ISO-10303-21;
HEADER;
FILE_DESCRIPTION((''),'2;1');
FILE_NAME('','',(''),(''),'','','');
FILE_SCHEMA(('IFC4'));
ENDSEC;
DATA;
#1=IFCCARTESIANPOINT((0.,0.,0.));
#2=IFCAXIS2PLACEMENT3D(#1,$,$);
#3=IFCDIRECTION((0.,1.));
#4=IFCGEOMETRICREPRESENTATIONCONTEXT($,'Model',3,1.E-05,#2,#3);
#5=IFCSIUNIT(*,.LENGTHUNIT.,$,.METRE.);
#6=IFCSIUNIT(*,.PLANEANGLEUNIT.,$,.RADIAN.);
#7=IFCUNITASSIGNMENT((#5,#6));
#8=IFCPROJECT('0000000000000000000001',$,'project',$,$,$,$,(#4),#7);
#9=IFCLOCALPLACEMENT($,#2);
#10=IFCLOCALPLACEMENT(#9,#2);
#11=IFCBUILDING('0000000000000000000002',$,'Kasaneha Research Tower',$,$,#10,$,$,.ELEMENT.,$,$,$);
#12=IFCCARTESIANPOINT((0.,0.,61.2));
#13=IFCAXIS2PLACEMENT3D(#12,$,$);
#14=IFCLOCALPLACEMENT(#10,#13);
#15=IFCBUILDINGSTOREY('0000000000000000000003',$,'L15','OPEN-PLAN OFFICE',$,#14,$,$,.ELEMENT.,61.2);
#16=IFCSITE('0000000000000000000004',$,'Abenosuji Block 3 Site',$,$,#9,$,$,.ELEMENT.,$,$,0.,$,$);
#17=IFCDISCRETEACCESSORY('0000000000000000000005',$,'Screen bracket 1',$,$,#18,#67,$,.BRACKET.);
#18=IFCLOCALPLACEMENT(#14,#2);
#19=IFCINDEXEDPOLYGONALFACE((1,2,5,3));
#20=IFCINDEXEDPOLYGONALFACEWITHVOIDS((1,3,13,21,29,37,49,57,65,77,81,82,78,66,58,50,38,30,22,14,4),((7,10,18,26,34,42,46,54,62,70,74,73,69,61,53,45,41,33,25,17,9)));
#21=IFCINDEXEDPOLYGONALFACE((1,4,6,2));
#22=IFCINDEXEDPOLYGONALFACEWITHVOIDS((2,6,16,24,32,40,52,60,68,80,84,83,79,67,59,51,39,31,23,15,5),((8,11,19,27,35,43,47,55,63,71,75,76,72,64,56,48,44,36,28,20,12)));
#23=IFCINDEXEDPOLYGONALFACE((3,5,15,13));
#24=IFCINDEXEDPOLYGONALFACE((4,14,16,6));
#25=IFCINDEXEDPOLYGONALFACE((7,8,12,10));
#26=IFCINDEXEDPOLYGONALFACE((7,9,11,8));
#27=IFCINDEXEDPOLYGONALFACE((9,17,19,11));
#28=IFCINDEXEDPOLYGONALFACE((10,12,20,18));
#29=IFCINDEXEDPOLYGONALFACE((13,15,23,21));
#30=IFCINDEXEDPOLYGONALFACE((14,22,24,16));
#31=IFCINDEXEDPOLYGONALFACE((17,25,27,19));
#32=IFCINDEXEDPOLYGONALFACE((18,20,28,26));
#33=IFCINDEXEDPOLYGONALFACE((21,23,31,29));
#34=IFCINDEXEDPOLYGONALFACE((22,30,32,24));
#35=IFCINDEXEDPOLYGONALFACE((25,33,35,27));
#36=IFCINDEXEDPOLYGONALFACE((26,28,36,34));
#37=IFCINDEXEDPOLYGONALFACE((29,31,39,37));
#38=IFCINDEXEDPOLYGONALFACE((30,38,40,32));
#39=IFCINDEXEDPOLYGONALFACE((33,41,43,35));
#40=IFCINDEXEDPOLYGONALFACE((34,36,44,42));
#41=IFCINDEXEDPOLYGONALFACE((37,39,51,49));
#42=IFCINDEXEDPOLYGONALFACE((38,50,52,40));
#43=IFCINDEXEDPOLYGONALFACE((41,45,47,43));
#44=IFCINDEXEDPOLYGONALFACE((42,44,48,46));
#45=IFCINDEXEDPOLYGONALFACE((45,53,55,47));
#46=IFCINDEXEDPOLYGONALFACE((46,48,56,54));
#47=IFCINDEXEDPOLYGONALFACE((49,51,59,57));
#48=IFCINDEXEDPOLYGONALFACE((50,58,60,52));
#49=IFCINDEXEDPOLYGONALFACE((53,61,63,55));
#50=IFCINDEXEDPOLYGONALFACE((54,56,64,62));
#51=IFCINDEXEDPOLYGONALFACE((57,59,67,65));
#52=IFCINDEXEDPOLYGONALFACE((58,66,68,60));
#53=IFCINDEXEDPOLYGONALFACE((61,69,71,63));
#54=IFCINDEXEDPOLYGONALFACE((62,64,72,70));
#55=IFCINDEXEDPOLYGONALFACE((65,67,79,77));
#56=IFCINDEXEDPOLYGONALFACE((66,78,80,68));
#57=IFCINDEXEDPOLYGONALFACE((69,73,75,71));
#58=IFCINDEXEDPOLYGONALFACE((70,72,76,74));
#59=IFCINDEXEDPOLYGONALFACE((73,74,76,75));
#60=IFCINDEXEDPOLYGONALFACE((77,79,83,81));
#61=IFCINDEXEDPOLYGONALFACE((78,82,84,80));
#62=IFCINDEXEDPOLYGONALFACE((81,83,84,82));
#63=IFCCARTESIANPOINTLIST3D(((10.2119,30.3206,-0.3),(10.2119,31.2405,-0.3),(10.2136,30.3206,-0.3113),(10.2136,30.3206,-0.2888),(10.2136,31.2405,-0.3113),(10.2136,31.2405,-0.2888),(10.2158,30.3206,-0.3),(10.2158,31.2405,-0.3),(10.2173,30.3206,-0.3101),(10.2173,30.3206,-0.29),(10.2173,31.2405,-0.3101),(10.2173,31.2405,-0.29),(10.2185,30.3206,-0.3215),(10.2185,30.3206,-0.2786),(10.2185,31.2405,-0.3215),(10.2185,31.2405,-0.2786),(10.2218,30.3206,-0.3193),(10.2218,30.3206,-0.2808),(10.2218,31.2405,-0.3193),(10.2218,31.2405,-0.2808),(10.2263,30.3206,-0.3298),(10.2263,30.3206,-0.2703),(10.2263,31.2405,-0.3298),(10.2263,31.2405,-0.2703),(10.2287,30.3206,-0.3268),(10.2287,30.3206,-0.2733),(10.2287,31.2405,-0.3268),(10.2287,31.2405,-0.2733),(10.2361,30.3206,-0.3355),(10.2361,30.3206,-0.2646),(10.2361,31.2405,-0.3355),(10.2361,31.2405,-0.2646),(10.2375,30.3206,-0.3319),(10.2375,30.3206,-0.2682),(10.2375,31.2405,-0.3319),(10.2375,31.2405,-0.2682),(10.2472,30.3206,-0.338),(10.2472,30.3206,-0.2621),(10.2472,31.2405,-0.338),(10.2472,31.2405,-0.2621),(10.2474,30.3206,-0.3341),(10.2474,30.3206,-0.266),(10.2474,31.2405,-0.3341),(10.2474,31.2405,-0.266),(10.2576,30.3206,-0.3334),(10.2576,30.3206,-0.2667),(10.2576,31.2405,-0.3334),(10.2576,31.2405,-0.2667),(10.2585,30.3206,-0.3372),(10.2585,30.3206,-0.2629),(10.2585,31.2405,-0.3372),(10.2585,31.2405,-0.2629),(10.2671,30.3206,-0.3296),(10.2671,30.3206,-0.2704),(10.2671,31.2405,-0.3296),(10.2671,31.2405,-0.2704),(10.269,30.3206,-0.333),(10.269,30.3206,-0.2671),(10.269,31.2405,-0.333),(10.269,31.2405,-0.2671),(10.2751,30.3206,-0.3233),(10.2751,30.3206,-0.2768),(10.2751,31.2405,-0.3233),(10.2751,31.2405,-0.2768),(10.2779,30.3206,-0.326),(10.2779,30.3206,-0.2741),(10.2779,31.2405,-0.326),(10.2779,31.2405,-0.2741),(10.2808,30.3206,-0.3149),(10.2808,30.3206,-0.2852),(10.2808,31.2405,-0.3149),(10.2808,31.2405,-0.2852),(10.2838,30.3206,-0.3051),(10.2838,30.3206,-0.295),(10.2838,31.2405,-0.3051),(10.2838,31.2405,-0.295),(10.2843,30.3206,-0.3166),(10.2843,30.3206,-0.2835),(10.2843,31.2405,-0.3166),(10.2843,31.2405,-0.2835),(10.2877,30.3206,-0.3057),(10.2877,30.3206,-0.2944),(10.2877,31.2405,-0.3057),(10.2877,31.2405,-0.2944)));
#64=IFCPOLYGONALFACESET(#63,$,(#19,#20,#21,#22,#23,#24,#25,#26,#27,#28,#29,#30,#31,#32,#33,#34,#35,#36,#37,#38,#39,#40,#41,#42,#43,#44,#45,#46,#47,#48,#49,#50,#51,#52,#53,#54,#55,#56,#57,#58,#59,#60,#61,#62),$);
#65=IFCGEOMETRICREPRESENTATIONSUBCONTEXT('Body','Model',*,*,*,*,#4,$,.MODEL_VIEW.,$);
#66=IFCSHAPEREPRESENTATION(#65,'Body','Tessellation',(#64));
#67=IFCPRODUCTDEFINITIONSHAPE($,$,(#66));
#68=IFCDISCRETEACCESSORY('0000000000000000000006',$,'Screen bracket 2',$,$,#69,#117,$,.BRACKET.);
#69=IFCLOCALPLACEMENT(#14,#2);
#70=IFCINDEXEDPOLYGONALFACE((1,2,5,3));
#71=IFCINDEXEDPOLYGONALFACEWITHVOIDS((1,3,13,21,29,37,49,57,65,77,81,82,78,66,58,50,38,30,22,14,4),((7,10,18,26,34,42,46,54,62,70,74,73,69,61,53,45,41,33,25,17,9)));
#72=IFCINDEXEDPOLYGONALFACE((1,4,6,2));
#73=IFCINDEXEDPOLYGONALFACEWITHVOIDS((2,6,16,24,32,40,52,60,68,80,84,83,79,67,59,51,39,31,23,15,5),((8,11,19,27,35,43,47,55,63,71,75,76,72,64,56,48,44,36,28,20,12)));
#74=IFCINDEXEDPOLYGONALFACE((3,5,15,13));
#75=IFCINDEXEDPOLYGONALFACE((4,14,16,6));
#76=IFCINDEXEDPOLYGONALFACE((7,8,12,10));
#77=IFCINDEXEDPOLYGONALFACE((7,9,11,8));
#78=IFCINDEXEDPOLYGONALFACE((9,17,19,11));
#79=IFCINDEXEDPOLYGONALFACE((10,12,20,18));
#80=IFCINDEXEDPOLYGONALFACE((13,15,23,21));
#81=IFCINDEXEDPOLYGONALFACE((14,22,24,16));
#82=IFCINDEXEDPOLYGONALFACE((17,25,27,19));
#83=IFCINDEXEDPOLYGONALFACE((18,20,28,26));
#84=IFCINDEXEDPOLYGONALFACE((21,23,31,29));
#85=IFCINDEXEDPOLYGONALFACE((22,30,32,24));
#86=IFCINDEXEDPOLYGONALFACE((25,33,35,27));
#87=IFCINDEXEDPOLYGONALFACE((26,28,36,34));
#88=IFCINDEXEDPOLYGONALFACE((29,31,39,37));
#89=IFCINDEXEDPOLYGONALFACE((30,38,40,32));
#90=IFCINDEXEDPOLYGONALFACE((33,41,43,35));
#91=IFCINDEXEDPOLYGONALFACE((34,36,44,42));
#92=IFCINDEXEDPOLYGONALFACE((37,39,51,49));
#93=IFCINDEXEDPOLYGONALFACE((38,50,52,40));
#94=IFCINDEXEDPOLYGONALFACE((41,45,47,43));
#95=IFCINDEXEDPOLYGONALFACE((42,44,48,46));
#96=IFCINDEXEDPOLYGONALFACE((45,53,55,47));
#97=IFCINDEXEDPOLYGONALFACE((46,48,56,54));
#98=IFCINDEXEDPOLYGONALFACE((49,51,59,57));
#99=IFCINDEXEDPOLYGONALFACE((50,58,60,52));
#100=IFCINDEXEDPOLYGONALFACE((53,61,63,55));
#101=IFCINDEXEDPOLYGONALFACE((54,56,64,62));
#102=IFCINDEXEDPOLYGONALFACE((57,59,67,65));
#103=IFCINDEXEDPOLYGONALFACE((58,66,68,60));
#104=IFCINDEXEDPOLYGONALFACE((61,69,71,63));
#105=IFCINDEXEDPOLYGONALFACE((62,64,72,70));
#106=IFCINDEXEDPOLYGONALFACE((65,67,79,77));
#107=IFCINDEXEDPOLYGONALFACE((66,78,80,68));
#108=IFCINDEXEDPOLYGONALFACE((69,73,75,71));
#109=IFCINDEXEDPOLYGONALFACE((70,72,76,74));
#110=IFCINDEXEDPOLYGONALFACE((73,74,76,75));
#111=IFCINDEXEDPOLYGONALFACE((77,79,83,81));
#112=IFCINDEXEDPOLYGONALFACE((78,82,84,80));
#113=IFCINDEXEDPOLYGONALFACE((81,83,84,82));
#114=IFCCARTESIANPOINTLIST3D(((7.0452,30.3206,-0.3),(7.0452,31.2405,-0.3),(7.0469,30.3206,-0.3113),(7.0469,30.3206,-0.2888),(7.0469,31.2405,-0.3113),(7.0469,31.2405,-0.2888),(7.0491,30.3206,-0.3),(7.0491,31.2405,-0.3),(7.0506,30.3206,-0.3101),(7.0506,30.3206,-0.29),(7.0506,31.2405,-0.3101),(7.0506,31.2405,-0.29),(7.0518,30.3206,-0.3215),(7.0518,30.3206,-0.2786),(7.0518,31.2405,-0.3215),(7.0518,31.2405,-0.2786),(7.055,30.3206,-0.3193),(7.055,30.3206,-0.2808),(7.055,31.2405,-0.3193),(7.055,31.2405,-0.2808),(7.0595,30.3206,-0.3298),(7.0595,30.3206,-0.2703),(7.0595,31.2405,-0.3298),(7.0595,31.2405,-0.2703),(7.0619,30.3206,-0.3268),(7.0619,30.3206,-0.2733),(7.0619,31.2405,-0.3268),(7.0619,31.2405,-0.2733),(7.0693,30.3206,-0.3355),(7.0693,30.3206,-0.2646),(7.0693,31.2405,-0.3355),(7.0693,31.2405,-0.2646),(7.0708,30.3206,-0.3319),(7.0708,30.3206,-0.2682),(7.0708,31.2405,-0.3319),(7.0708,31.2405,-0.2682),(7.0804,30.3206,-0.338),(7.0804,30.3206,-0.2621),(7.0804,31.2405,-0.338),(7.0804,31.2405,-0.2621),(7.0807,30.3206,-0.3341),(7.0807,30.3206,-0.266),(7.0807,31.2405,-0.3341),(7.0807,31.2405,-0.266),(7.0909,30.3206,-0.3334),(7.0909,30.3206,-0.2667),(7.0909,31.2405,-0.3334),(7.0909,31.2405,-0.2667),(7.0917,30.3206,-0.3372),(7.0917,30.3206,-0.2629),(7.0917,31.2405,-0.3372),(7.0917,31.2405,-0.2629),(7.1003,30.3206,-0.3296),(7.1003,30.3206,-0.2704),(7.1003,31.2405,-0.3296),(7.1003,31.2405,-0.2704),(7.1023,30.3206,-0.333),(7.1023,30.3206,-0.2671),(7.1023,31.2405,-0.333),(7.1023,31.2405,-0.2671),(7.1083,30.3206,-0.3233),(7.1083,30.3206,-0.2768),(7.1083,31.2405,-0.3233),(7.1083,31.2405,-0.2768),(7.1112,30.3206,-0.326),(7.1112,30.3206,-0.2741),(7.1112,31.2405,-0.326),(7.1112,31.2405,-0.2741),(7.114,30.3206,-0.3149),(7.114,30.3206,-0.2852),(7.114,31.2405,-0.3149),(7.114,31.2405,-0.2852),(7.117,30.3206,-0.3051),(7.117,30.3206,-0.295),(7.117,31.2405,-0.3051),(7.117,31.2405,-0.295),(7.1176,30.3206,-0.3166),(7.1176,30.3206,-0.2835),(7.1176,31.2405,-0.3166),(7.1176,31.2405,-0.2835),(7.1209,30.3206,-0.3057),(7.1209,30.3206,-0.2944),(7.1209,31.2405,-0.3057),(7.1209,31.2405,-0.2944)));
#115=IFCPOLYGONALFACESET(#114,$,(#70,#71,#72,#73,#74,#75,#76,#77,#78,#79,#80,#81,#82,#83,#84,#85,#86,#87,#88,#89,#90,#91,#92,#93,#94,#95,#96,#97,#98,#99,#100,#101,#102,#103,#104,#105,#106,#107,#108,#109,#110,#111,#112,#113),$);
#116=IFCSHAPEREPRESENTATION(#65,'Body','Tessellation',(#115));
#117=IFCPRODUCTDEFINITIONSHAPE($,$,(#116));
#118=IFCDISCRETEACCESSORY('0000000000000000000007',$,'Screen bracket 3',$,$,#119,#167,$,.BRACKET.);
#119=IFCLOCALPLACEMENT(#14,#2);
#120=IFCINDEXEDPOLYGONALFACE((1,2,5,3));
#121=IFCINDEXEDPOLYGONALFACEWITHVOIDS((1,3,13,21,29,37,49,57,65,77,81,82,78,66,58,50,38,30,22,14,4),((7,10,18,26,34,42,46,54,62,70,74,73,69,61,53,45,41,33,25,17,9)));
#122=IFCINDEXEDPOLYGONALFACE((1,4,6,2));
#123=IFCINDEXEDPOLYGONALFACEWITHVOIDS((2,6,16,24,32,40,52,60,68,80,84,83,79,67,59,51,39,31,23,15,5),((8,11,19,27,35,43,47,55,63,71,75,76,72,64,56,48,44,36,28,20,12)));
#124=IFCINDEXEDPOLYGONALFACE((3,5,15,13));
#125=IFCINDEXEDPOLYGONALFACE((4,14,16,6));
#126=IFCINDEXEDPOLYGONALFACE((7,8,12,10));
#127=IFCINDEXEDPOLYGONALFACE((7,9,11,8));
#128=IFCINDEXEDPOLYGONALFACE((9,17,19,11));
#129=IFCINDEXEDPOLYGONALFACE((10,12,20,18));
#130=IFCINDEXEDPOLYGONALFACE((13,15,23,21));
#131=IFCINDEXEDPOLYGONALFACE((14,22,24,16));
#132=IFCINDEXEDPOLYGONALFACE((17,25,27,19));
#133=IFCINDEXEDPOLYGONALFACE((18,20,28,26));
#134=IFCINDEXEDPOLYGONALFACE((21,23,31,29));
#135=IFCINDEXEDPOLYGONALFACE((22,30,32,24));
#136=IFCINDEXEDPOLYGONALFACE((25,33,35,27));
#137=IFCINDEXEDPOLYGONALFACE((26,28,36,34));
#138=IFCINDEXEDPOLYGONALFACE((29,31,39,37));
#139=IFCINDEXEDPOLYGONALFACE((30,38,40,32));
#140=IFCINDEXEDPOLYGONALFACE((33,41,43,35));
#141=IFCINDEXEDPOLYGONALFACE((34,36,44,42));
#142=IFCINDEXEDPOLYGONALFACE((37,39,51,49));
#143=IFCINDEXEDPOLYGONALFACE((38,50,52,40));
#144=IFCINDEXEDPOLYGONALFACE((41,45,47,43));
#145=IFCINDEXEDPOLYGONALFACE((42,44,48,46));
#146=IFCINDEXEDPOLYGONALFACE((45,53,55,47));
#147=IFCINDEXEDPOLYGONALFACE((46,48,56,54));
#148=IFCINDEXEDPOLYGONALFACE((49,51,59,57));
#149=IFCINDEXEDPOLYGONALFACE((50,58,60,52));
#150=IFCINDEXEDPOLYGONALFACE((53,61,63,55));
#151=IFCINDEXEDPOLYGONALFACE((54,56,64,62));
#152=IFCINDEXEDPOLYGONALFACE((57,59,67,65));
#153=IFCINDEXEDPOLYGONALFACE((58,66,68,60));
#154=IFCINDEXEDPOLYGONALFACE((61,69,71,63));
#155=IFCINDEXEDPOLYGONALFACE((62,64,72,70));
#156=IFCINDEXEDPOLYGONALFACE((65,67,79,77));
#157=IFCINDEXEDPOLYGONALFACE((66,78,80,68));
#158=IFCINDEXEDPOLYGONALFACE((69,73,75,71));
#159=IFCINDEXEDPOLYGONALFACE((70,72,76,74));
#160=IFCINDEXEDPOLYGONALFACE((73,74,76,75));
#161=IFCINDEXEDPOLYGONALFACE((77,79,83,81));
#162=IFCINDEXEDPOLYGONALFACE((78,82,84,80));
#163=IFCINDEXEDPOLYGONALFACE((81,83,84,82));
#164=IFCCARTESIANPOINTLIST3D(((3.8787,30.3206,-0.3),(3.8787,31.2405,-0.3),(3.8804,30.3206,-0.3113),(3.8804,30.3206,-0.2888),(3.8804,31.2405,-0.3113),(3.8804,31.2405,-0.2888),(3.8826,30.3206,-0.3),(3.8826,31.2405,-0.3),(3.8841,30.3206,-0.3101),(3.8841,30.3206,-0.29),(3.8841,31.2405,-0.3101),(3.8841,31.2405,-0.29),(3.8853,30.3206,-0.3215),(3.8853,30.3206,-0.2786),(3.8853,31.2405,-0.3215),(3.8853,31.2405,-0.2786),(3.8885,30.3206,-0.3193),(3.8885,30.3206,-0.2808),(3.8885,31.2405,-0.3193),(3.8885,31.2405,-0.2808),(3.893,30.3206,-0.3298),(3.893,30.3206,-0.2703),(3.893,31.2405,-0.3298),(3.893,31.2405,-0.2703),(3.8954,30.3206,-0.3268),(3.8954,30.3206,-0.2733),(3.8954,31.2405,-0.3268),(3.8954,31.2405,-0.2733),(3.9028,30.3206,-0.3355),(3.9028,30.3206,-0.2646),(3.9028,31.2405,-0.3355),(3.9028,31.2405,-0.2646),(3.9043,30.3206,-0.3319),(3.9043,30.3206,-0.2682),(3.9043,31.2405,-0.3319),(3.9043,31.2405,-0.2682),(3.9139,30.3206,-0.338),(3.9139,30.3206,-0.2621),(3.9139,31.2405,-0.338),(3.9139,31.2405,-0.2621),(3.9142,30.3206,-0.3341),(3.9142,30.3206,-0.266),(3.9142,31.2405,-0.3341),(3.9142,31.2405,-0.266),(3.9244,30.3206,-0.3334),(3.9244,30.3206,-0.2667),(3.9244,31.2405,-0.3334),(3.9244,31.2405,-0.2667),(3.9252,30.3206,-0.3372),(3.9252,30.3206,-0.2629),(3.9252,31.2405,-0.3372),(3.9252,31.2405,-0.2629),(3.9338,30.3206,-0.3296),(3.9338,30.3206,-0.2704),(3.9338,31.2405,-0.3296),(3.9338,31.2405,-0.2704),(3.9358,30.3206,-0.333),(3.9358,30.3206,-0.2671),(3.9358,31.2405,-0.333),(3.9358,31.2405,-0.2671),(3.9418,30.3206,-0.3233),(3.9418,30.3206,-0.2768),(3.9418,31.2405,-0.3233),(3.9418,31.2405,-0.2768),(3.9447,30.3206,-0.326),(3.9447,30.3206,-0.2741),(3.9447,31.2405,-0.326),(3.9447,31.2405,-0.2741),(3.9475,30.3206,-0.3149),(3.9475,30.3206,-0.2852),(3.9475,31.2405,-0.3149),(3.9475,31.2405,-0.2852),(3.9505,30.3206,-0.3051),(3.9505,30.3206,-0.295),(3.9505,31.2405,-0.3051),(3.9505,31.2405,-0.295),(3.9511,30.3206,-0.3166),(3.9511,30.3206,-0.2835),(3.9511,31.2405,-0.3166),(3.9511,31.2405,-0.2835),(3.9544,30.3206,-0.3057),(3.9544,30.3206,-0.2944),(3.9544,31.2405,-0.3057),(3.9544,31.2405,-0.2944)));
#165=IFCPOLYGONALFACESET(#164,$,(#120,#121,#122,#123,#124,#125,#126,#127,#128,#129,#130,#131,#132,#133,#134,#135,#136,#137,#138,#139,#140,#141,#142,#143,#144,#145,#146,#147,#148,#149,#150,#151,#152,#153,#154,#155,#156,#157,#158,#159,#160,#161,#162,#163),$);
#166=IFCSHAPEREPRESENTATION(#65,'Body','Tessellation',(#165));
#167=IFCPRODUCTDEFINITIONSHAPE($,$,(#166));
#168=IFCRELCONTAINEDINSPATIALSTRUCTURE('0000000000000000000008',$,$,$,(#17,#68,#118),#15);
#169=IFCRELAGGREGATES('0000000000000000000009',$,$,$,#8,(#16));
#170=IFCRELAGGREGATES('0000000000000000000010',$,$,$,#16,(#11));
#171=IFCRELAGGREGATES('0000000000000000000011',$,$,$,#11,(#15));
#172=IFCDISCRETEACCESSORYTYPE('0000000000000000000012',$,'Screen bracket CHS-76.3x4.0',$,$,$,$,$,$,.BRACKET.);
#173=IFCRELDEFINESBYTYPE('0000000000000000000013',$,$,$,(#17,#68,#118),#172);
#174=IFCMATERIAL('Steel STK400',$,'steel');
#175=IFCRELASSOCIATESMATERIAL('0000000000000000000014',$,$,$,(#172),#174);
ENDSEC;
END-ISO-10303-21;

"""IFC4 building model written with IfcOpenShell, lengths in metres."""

from ifc_helpers import new_model, si_unit, direction, frame, origin, origin_2d, place, context, subcontext, project, spatial, hollow_circle, extrude, material, material_profile, profile_set, type_object, element, save


model = new_model("IFC4")

# Units and contexts
model_context = context("Model", 3, precision=1e-05, world=origin(), true_north=direction((0.0, 1.0)))
body_context = subcontext(model_context, "Body", "Model", "MODEL_VIEW")
ifc_project = project(units=[si_unit("LENGTHUNIT", "METRE"), si_unit("PLANEANGLEUNIT", "RADIAN")], contexts=[model_context])

# Site, building, storey
site_placement = place(None, origin())
site = spatial("IfcSite", under=ifc_project, at=site_placement, Name="Abenosuji Block 3 Site", CompositionType="ELEMENT", RefElevation=0.0)
building_placement = place(site_placement, origin())
building = spatial("IfcBuilding", under=site, at=building_placement, Name="Kasaneha Research Tower", CompositionType="ELEMENT")
storey_placement = place(building_placement, frame((0.0, 0.0, 61.2)))
storey = spatial("IfcBuildingStorey", under=building, at=storey_placement, Name="L15", Description="OPEN-PLAN OFFICE", CompositionType="ELEMENT", Elevation=61.2)

# Discrete accessories
ifc_material_1 = material(Name="Steel STK400", Category="steel")
ifc_material_profile_1 = material_profile(ifc_material_1, hollow_circle(Radius=0.0381, WallThickness=0.0039, at=origin_2d()), Name="CHS-76.3x4.0")
ifc_profile_set_1 = profile_set([ifc_material_profile_1], Name="Steel STK400")
discrete_accessory_type = type_object("IfcDiscreteAccessoryType", Name="Screen bracket CHS-76.3x4.0", PredefinedType="BRACKET", material=ifc_profile_set_1)
for number, where, z_axis, x_axis, name in (
    (1, (10.25, 30.3206, -0.3), (0.0, 1.0, 0.0), (-1.0, 0.0, 0.0), "Screen bracket 1"),
    (2, (7.0833, 30.3206, -0.3), (0.0, 1.0, 0.0), (-1.0, 0.0, 0.0), "Screen bracket 2"),
    (3, (3.9167, 30.3206, -0.3), (0.0, 1.0, 0.0), (-1.0, 0.0, 0.0), "Screen bracket 3"),
):
    element("IfcDiscreteAccessory", number, at=place(storey_placement, frame(where, z_axis=z_axis, x_axis=x_axis)), inside=storey, type_object=discrete_accessory_type, Name=name, PredefinedType="BRACKET", context=body_context, shape_type="SweptSolid", body=[
        extrude(hollow_circle(Radius=0.0381, WallThickness=0.0039, at=origin_2d()), origin(), (0.0, 0.0, 1.0), 0.9199),
    ])

save(model, "model.ifc")
